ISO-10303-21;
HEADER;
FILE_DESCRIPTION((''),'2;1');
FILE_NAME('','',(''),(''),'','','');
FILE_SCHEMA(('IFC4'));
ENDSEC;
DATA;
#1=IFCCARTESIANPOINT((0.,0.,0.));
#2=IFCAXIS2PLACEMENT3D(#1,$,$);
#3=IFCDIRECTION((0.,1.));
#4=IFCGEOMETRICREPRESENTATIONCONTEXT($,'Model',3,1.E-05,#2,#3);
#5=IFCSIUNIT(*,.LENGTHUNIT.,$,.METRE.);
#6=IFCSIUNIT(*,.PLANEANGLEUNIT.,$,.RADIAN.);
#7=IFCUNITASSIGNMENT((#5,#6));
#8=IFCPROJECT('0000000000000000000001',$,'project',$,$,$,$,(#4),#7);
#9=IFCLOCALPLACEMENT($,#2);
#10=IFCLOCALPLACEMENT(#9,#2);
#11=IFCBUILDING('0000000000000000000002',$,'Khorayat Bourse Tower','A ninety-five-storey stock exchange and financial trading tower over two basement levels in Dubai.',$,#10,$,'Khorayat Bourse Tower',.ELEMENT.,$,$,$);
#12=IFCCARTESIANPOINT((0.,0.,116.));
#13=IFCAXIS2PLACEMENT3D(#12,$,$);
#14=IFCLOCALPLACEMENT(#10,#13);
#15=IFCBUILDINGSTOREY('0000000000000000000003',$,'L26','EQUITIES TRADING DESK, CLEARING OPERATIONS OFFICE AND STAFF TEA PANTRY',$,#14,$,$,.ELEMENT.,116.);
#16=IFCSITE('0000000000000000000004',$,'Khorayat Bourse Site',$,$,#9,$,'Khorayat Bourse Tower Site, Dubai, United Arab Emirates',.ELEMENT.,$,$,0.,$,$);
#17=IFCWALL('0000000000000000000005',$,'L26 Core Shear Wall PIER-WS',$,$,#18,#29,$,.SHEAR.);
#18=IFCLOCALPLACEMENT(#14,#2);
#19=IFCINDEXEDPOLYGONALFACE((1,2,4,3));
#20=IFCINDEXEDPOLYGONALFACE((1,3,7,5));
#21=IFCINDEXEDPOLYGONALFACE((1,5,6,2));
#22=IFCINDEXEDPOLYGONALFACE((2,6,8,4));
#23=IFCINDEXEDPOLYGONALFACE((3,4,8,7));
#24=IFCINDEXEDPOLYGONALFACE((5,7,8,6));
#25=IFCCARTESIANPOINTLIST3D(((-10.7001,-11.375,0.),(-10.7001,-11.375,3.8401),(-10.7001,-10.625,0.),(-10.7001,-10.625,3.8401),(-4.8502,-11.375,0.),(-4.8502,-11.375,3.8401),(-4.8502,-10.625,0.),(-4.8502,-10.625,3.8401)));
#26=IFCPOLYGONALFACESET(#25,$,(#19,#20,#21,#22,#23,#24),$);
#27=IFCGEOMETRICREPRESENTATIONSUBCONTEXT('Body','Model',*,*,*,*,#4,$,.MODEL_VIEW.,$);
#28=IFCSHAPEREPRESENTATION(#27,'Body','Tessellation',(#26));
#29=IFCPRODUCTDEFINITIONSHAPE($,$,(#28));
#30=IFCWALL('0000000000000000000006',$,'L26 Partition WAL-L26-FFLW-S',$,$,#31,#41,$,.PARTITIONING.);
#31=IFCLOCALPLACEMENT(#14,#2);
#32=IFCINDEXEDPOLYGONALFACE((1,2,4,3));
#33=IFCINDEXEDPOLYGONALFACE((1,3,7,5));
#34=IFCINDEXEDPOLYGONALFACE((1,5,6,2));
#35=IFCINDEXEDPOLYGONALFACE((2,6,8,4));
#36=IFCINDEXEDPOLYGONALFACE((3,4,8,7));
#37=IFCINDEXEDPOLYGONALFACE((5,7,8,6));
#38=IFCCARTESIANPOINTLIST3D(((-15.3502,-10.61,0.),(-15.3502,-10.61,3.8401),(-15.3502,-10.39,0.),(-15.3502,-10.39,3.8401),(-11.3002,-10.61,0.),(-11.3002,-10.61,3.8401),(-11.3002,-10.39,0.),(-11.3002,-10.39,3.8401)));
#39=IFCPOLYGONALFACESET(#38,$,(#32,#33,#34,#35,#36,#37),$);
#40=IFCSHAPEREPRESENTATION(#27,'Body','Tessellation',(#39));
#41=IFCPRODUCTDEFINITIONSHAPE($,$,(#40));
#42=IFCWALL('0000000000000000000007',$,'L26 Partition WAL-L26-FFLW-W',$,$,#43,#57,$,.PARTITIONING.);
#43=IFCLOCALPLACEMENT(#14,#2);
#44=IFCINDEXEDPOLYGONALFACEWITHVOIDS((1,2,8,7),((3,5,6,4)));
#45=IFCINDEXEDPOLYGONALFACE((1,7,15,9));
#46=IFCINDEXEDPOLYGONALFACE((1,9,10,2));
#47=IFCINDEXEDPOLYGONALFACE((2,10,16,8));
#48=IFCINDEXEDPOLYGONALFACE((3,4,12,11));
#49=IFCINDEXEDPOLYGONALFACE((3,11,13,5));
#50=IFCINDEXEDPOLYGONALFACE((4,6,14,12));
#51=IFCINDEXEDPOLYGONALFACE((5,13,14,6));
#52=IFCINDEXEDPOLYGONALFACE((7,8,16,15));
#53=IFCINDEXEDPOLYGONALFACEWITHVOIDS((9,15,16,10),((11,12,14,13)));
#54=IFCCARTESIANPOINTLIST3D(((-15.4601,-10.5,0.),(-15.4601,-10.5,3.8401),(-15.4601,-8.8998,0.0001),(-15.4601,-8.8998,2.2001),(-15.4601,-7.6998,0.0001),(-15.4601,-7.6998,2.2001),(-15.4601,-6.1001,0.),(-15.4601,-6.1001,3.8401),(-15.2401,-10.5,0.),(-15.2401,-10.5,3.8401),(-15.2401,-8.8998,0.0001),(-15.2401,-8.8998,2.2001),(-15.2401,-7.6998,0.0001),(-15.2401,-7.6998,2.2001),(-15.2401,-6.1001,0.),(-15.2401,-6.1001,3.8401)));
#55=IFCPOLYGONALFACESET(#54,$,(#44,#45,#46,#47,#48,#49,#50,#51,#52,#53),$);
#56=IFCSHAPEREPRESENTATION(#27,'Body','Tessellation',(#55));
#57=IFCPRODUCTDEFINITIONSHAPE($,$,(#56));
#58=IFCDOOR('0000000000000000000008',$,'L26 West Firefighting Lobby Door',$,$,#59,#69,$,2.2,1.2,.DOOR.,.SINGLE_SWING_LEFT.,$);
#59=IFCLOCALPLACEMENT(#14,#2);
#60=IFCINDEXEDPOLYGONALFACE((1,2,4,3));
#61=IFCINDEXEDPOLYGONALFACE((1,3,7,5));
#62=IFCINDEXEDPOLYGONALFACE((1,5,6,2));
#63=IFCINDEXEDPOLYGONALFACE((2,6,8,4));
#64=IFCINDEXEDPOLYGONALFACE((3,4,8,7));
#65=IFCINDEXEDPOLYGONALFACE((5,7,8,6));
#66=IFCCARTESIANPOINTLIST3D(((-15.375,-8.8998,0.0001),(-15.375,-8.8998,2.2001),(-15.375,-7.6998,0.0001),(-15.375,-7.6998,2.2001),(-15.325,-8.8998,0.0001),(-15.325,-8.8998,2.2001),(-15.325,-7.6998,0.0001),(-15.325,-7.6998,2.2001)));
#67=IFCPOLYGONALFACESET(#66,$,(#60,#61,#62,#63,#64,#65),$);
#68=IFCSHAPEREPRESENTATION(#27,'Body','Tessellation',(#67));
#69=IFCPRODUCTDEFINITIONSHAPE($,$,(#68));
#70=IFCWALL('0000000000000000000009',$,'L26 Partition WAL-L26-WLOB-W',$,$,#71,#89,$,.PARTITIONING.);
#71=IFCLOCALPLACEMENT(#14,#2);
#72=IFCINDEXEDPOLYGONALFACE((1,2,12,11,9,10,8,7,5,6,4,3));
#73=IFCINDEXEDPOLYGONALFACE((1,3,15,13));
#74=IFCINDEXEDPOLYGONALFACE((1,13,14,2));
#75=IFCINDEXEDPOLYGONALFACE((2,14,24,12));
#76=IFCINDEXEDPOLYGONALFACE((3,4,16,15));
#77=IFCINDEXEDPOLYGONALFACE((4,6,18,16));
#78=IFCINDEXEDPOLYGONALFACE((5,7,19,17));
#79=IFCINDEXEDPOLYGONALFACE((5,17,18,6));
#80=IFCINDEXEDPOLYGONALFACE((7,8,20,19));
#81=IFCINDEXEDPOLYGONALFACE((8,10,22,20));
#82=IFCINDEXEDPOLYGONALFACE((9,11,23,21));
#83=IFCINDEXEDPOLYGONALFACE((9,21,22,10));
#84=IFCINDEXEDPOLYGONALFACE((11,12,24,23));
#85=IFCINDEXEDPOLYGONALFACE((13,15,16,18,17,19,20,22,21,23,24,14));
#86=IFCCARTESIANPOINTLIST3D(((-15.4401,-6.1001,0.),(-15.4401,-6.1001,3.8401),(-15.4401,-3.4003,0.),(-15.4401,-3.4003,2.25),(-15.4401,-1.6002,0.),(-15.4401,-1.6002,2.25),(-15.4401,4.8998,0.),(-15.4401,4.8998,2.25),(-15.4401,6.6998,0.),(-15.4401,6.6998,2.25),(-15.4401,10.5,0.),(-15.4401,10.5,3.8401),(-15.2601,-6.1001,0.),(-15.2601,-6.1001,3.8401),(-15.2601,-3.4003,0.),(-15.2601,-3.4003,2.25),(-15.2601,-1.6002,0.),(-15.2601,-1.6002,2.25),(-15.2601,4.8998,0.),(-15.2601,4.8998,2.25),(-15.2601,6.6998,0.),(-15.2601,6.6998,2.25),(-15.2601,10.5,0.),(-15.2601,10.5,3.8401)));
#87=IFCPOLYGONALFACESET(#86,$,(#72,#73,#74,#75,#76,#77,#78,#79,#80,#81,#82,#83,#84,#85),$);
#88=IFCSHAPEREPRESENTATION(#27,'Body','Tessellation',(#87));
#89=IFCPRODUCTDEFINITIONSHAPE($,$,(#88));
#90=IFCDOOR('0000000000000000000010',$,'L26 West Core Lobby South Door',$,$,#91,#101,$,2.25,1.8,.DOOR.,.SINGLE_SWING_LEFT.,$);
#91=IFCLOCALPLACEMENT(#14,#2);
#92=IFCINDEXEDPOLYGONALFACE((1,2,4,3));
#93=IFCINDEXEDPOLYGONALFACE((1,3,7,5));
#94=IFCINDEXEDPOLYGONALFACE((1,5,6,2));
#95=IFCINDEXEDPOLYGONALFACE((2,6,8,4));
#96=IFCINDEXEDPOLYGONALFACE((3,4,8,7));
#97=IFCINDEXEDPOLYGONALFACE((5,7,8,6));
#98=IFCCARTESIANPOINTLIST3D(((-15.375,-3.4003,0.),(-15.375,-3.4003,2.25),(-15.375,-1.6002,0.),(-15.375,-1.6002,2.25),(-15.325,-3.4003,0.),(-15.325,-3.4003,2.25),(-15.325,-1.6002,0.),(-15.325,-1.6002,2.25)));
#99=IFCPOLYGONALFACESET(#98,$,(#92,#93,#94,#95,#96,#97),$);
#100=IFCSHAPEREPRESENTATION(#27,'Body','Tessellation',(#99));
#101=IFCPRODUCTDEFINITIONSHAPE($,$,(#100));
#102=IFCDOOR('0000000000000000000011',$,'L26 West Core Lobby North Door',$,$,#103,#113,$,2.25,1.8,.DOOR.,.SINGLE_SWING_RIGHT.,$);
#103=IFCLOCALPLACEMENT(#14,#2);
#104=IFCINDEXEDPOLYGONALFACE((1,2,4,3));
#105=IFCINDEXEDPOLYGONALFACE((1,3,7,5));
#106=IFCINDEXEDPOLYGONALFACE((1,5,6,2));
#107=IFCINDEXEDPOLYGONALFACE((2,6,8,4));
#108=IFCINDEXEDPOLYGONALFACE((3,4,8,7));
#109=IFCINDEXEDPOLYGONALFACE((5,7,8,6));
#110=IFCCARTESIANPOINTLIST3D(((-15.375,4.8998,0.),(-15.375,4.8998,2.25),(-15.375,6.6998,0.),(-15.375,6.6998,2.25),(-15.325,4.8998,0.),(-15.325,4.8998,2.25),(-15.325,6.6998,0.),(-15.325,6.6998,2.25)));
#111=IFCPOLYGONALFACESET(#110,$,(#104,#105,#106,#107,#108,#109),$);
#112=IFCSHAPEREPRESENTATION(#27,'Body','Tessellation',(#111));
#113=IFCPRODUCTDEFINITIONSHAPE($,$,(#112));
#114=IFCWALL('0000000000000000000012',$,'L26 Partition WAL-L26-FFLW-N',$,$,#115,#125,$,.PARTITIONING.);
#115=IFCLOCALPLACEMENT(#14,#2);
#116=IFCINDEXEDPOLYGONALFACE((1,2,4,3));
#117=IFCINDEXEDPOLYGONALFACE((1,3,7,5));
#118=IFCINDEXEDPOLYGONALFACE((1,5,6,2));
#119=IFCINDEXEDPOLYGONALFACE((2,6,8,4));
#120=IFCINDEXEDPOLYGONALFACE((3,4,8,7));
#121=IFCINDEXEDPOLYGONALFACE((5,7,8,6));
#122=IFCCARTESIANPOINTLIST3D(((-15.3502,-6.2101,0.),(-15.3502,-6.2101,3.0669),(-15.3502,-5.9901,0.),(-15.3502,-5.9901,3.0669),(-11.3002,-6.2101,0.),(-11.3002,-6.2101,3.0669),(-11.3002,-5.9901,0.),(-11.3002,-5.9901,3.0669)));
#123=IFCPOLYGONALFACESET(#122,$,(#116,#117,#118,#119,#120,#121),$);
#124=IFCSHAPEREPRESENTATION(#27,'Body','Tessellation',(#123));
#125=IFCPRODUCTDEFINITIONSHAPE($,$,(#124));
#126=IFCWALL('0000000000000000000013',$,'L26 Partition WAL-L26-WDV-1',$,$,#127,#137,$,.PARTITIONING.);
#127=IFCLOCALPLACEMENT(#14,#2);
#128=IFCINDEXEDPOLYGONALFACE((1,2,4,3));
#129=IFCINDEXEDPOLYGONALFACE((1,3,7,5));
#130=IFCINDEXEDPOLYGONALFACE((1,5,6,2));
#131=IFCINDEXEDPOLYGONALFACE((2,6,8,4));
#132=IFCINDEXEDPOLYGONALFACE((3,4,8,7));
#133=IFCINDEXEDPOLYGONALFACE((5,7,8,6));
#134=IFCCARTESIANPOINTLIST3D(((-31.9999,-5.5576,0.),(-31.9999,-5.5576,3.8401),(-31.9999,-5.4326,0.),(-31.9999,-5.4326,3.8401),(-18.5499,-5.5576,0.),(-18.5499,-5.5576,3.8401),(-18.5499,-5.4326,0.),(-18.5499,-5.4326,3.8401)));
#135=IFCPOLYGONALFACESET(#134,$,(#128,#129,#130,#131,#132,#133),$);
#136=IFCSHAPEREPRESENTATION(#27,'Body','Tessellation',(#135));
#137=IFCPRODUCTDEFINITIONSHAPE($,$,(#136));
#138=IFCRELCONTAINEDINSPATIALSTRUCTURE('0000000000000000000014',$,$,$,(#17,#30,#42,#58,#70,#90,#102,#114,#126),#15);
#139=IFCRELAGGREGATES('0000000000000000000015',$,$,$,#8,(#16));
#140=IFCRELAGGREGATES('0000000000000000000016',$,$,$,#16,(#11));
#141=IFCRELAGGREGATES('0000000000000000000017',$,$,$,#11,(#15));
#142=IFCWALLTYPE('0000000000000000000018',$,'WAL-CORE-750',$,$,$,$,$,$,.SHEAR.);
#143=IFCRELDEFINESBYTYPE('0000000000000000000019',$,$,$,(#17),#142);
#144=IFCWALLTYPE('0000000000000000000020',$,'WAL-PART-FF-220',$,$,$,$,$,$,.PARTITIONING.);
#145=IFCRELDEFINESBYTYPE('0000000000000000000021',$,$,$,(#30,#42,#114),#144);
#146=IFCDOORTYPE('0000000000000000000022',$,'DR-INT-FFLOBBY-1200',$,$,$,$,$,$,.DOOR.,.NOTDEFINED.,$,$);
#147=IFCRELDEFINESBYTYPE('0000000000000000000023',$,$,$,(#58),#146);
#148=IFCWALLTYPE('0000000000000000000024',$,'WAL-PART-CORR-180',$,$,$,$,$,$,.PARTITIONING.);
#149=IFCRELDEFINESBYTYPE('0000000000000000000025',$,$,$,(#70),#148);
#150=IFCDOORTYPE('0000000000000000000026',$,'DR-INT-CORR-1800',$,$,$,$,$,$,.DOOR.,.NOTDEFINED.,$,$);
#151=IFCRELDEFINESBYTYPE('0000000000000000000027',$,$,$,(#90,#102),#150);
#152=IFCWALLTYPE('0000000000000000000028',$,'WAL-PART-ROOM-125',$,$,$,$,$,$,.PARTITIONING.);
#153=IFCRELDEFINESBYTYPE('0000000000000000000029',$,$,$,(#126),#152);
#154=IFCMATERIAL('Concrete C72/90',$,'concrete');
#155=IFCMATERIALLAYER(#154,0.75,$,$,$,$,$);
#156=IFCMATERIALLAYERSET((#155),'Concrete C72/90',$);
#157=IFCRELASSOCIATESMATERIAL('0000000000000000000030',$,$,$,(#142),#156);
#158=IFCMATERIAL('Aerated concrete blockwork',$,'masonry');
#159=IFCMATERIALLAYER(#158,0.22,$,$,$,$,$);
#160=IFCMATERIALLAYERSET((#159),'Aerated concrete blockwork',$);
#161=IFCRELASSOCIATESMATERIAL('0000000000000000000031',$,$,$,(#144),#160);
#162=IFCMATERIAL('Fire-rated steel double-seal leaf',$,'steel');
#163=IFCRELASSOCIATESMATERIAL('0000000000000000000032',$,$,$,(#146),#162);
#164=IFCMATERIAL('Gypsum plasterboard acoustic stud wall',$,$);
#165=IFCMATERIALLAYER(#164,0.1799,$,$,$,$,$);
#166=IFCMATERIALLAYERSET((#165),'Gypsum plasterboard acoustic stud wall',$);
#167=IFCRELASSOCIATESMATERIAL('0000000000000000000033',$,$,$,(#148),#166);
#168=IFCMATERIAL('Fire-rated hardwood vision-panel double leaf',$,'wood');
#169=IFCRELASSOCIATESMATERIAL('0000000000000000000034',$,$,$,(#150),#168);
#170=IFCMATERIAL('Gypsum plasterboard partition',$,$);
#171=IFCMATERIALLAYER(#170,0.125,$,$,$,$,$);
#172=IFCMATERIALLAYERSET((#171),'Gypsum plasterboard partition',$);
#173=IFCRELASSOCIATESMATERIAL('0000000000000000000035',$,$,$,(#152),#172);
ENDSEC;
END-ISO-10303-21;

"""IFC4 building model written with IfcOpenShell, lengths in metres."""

from ifc_helpers import new_model, si_unit, direction, frame, frame_2d, origin, place, context, subcontext, project, spatial, rectangle, extrude, source, transform, mapped, material, layer, layer_set, type_object, element, fill, save


model = new_model("IFC4")

# Units and contexts
model_context = context("Model", 3, precision=1e-05, world=origin(), true_north=direction((0.0, 1.0)))
body_context = subcontext(model_context, "Body", "Model", "MODEL_VIEW")
ifc_project = project(units=[si_unit("LENGTHUNIT", "METRE"), si_unit("PLANEANGLEUNIT", "RADIAN")], contexts=[model_context])

# Site, building, storey
site_placement = place(None, origin())
site = spatial("IfcSite", under=ifc_project, at=site_placement, Name="Khorayat Bourse Site", LongName="Khorayat Bourse Tower Site, Dubai, United Arab Emirates", CompositionType="ELEMENT", RefElevation=0.0)
building_placement = place(site_placement, origin())
building = spatial("IfcBuilding", under=site, at=building_placement, Name="Khorayat Bourse Tower", Description="A ninety-five-storey stock exchange and financial trading tower over two basement levels in Dubai.", LongName="Khorayat Bourse Tower", CompositionType="ELEMENT")
storey_placement = place(building_placement, frame((0.0, 0.0, 116.0)))
storey = spatial("IfcBuildingStorey", under=building, at=storey_placement, Name="L26", Description="EQUITIES TRADING DESK, CLEARING OPERATIONS OFFICE AND STAFF TEA PANTRY", CompositionType="ELEMENT", Elevation=116.0)

# Shared definitions
ifc_material_1 = material(Name="Concrete C72/90", Category="concrete")

# Walls
ifc_layer_1 = layer(ifc_material_1, 0.75)
ifc_layer_set_1 = layer_set([ifc_layer_1], Name="Concrete C72/90")
wall_type_1 = type_object("IfcWallType", Name="WAL-CORE-750", PredefinedType="SHEAR", material=ifc_layer_set_1)
shared_shape_1 = source(origin(), body_context, "Body", "SweptSolid", [
    extrude(rectangle(XDim=5.8499, YDim=0.75, at=frame_2d((2.9248, 0.0))), origin(), (0.0, 0.0, 1.0), 3.8401),
])
wall_1_placement = place(storey_placement, frame((-10.7, -11.0, 0.0), z_axis=(0.0, 0.0, 1.0), x_axis=(1.0, 0.0, 0.0)))
element("IfcWall", 1, at=wall_1_placement, inside=storey, type_object=wall_type_1, Name="L26 Core Shear Wall PIER-WS", PredefinedType="SHEAR", context=body_context, shape_type="MappedRepresentation", body=[
    mapped(shared_shape_1, transform((0.0, 0.0, 0.0), scale=1.0)),
])
ifc_material_2 = material(Name="Aerated concrete blockwork", Category="masonry")
ifc_layer_2 = layer(ifc_material_2, 0.22)
ifc_layer_set_2 = layer_set([ifc_layer_2], Name="Aerated concrete blockwork")
wall_type_2 = type_object("IfcWallType", Name="WAL-PART-FF-220", PredefinedType="PARTITIONING", material=ifc_layer_set_2)
shared_shape_2 = source(origin(), body_context, "Body", "SweptSolid", [
    extrude(rectangle(XDim=4.05, YDim=0.22, at=frame_2d((2.0249, 0.0))), origin(), (0.0, 0.0, 1.0), 3.8401),
])
wall_2_placement = place(storey_placement, frame((-15.3501, -10.5, 0.0), z_axis=(0.0, 0.0, 1.0), x_axis=(1.0, 0.0, 0.0)))
element("IfcWall", 2, at=wall_2_placement, inside=storey, type_object=wall_type_2, Name="L26 Partition WAL-L26-FFLW-S", PredefinedType="PARTITIONING", context=body_context, shape_type="MappedRepresentation", body=[
    mapped(shared_shape_2, transform((0.0, 0.0, 0.0), scale=1.0)),
])

# Wall, opening, door
shared_shape_3 = source(origin(), body_context, "Body", "SweptSolid", [
    extrude(rectangle(XDim=4.3999, YDim=0.22, at=frame_2d((2.2, 0.0))), origin(), (0.0, 0.0, 1.0), 3.8401),
])
wall_3_placement = place(storey_placement, frame((-15.3501, -10.5, 0.0), z_axis=(0.0, 0.0, 1.0), x_axis=(0.0, 1.0, 0.0)))
wall_3 = element("IfcWall", 3, at=wall_3_placement, inside=storey, type_object=wall_type_2, Name="L26 Partition WAL-L26-FFLW-W", PredefinedType="PARTITIONING", context=body_context, shape_type="MappedRepresentation", body=[
    mapped(shared_shape_3, transform((0.0, 0.0, 0.0), scale=1.0)),
])
shared_shape_4 = source(origin(), body_context, "Body", "SweptSolid", [
    extrude(rectangle(XDim=1.2, YDim=2.2, at=frame_2d((0.6001, 1.1001))), frame((0.0, 0.1199, 0.0), z_axis=(0.0, -1.0, 0.0), x_axis=(1.0, 0.0, 0.0)), (0.0, 0.0, 1.0), 0.24),
])
opening_1_placement = place(wall_3_placement, frame((1.6001, 0.0, 0.0)))
opening_1 = element("IfcOpeningElement", 4, at=opening_1_placement, cuts=wall_3, PredefinedType="OPENING", context=body_context, shape_type="MappedRepresentation", body=[
    mapped(shared_shape_4, transform((0.0, 0.0, 0.0), scale=1.0)),
])
ifc_material_3 = material(Name="Fire-rated steel double-seal leaf", Category="steel")
door_type_1 = type_object("IfcDoorType", Name="DR-INT-FFLOBBY-1200", OperationType="NOTDEFINED", PredefinedType="DOOR", material=ifc_material_3)
shared_shape_5 = source(origin(), body_context, "Body", "SweptSolid", [
    extrude(rectangle(XDim=1.2, YDim=2.2, at=frame_2d((0.6001, 1.1001))), frame((0.0, 0.0249, 0.0), z_axis=(0.0, -1.0, 0.0), x_axis=(1.0, 0.0, 0.0)), (0.0, 0.0, 1.0), 0.05),
])
door_1_placement = place(opening_1_placement, origin())
door_1 = element("IfcDoor", 5, at=door_1_placement, inside=storey, type_object=door_type_1, Name="L26 West Firefighting Lobby Door", OperationType="SINGLE_SWING_LEFT", OverallHeight=2.2, OverallWidth=1.2, PredefinedType="DOOR", context=body_context, shape_type="MappedRepresentation", body=[
    mapped(shared_shape_5, transform((0.0, 0.0, 0.0), scale=1.0)),
])
fill(opening_1, door_1)

# Wall, openings, doors
ifc_material_4 = material(Name="Gypsum plasterboard acoustic stud wall")
ifc_layer_3 = layer(ifc_material_4, 0.1799)
ifc_layer_set_3 = layer_set([ifc_layer_3], Name="Gypsum plasterboard acoustic stud wall")
wall_type_3 = type_object("IfcWallType", Name="WAL-PART-CORR-180", PredefinedType="PARTITIONING", material=ifc_layer_set_3)
shared_shape_6 = source(origin(), body_context, "Body", "SweptSolid", [
    extrude(rectangle(XDim=16.6001, YDim=0.1799, at=frame_2d((8.3, 0.0))), origin(), (0.0, 0.0, 1.0), 3.8401),
])
wall_4_placement = place(storey_placement, frame((-15.3501, -6.1001, 0.0), z_axis=(0.0, 0.0, 1.0), x_axis=(0.0, 1.0, 0.0)))
wall_4 = element("IfcWall", 6, at=wall_4_placement, inside=storey, type_object=wall_type_3, Name="L26 Partition WAL-L26-WLOB-W", PredefinedType="PARTITIONING", context=body_context, shape_type="MappedRepresentation", body=[
    mapped(shared_shape_6, transform((0.0, 0.0, 0.0), scale=1.0)),
])
shared_shape_7 = source(origin(), body_context, "Body", "SweptSolid", [
    extrude(rectangle(XDim=1.8, YDim=2.25, at=frame_2d((0.8999, 1.125))), frame((0.0, 0.0999, 0.0), z_axis=(0.0, -1.0, 0.0), x_axis=(1.0, 0.0, 0.0)), (0.0, 0.0, 1.0), 0.2),
])
opening_2_placement = place(wall_4_placement, frame((2.7, 0.0, 0.0)))
opening_2 = element("IfcOpeningElement", 7, at=opening_2_placement, cuts=wall_4, PredefinedType="OPENING", context=body_context, shape_type="MappedRepresentation", body=[
    mapped(shared_shape_7, transform((0.0, 0.0, 0.0), scale=1.0)),
])
opening_3_placement = place(wall_4_placement, frame((11.0, 0.0, 0.0)))
opening_3 = element("IfcOpeningElement", 8, at=opening_3_placement, cuts=wall_4, PredefinedType="OPENING", context=body_context, shape_type="MappedRepresentation", body=[
    mapped(shared_shape_7, transform((0.0, 0.0, 0.0), scale=1.0)),
])
ifc_material_5 = material(Name="Fire-rated hardwood vision-panel double leaf", Category="wood")
door_type_2 = type_object("IfcDoorType", Name="DR-INT-CORR-1800", OperationType="NOTDEFINED", PredefinedType="DOOR", material=ifc_material_5)
shared_shape_8 = source(origin(), body_context, "Body", "SweptSolid", [
    extrude(rectangle(XDim=1.8, YDim=2.25, at=frame_2d((0.8999, 1.125))), frame((0.0, 0.0249, 0.0), z_axis=(0.0, -1.0, 0.0), x_axis=(1.0, 0.0, 0.0)), (0.0, 0.0, 1.0), 0.05),
])
door_2_placement = place(opening_2_placement, origin())
door_2 = element("IfcDoor", 9, at=door_2_placement, inside=storey, type_object=door_type_2, Name="L26 West Core Lobby South Door", OperationType="SINGLE_SWING_LEFT", OverallHeight=2.25, OverallWidth=1.8, PredefinedType="DOOR", context=body_context, shape_type="MappedRepresentation", body=[
    mapped(shared_shape_8, transform((0.0, 0.0, 0.0), scale=1.0)),
])
fill(opening_2, door_2)
door_3_placement = place(opening_3_placement, origin())
door_3 = element("IfcDoor", 10, at=door_3_placement, inside=storey, type_object=door_type_2, Name="L26 West Core Lobby North Door", OperationType="SINGLE_SWING_RIGHT", OverallHeight=2.25, OverallWidth=1.8, PredefinedType="DOOR", context=body_context, shape_type="MappedRepresentation", body=[
    mapped(shared_shape_8, transform((0.0, 0.0, 0.0), scale=1.0)),
])
fill(opening_3, door_3)

# Walls
shared_shape_9 = source(origin(), body_context, "Body", "SweptSolid", [
    extrude(rectangle(XDim=4.05, YDim=0.22, at=frame_2d((2.0249, 0.0))), origin(), (0.0, 0.0, 1.0), 3.0669),
])
wall_5_placement = place(storey_placement, frame((-15.3501, -6.1001, 0.0), z_axis=(0.0, 0.0, 1.0), x_axis=(1.0, 0.0, 0.0)))
element("IfcWall", 11, at=wall_5_placement, inside=storey, type_object=wall_type_2, Name="L26 Partition WAL-L26-FFLW-N", PredefinedType="PARTITIONING", context=body_context, shape_type="MappedRepresentation", body=[
    mapped(shared_shape_9, transform((0.0, 0.0, 0.0), scale=1.0)),
])
ifc_material_6 = material(Name="Gypsum plasterboard partition")
ifc_layer_4 = layer(ifc_material_6, 0.125)
ifc_layer_set_4 = layer_set([ifc_layer_4], Name="Gypsum plasterboard partition")
wall_type_4 = type_object("IfcWallType", Name="WAL-PART-ROOM-125", PredefinedType="PARTITIONING", material=ifc_layer_set_4)
shared_shape_10 = source(origin(), body_context, "Body", "SweptSolid", [
    extrude(rectangle(XDim=13.45, YDim=0.125, at=frame_2d((6.7251, 0.0))), origin(), (0.0, 0.0, 1.0), 3.8401),
])
wall_6_placement = place(storey_placement, frame((-32.0, -5.4951, 0.0), z_axis=(0.0, 0.0, 1.0), x_axis=(1.0, 0.0, 0.0)))
element("IfcWall", 12, at=wall_6_placement, inside=storey, type_object=wall_type_4, Name="L26 Partition WAL-L26-WDV-1", PredefinedType="PARTITIONING", context=body_context, shape_type="MappedRepresentation", body=[
    mapped(shared_shape_10, transform((0.0, 0.0, 0.0), scale=1.0)),
])

save(model, "model.ifc")
